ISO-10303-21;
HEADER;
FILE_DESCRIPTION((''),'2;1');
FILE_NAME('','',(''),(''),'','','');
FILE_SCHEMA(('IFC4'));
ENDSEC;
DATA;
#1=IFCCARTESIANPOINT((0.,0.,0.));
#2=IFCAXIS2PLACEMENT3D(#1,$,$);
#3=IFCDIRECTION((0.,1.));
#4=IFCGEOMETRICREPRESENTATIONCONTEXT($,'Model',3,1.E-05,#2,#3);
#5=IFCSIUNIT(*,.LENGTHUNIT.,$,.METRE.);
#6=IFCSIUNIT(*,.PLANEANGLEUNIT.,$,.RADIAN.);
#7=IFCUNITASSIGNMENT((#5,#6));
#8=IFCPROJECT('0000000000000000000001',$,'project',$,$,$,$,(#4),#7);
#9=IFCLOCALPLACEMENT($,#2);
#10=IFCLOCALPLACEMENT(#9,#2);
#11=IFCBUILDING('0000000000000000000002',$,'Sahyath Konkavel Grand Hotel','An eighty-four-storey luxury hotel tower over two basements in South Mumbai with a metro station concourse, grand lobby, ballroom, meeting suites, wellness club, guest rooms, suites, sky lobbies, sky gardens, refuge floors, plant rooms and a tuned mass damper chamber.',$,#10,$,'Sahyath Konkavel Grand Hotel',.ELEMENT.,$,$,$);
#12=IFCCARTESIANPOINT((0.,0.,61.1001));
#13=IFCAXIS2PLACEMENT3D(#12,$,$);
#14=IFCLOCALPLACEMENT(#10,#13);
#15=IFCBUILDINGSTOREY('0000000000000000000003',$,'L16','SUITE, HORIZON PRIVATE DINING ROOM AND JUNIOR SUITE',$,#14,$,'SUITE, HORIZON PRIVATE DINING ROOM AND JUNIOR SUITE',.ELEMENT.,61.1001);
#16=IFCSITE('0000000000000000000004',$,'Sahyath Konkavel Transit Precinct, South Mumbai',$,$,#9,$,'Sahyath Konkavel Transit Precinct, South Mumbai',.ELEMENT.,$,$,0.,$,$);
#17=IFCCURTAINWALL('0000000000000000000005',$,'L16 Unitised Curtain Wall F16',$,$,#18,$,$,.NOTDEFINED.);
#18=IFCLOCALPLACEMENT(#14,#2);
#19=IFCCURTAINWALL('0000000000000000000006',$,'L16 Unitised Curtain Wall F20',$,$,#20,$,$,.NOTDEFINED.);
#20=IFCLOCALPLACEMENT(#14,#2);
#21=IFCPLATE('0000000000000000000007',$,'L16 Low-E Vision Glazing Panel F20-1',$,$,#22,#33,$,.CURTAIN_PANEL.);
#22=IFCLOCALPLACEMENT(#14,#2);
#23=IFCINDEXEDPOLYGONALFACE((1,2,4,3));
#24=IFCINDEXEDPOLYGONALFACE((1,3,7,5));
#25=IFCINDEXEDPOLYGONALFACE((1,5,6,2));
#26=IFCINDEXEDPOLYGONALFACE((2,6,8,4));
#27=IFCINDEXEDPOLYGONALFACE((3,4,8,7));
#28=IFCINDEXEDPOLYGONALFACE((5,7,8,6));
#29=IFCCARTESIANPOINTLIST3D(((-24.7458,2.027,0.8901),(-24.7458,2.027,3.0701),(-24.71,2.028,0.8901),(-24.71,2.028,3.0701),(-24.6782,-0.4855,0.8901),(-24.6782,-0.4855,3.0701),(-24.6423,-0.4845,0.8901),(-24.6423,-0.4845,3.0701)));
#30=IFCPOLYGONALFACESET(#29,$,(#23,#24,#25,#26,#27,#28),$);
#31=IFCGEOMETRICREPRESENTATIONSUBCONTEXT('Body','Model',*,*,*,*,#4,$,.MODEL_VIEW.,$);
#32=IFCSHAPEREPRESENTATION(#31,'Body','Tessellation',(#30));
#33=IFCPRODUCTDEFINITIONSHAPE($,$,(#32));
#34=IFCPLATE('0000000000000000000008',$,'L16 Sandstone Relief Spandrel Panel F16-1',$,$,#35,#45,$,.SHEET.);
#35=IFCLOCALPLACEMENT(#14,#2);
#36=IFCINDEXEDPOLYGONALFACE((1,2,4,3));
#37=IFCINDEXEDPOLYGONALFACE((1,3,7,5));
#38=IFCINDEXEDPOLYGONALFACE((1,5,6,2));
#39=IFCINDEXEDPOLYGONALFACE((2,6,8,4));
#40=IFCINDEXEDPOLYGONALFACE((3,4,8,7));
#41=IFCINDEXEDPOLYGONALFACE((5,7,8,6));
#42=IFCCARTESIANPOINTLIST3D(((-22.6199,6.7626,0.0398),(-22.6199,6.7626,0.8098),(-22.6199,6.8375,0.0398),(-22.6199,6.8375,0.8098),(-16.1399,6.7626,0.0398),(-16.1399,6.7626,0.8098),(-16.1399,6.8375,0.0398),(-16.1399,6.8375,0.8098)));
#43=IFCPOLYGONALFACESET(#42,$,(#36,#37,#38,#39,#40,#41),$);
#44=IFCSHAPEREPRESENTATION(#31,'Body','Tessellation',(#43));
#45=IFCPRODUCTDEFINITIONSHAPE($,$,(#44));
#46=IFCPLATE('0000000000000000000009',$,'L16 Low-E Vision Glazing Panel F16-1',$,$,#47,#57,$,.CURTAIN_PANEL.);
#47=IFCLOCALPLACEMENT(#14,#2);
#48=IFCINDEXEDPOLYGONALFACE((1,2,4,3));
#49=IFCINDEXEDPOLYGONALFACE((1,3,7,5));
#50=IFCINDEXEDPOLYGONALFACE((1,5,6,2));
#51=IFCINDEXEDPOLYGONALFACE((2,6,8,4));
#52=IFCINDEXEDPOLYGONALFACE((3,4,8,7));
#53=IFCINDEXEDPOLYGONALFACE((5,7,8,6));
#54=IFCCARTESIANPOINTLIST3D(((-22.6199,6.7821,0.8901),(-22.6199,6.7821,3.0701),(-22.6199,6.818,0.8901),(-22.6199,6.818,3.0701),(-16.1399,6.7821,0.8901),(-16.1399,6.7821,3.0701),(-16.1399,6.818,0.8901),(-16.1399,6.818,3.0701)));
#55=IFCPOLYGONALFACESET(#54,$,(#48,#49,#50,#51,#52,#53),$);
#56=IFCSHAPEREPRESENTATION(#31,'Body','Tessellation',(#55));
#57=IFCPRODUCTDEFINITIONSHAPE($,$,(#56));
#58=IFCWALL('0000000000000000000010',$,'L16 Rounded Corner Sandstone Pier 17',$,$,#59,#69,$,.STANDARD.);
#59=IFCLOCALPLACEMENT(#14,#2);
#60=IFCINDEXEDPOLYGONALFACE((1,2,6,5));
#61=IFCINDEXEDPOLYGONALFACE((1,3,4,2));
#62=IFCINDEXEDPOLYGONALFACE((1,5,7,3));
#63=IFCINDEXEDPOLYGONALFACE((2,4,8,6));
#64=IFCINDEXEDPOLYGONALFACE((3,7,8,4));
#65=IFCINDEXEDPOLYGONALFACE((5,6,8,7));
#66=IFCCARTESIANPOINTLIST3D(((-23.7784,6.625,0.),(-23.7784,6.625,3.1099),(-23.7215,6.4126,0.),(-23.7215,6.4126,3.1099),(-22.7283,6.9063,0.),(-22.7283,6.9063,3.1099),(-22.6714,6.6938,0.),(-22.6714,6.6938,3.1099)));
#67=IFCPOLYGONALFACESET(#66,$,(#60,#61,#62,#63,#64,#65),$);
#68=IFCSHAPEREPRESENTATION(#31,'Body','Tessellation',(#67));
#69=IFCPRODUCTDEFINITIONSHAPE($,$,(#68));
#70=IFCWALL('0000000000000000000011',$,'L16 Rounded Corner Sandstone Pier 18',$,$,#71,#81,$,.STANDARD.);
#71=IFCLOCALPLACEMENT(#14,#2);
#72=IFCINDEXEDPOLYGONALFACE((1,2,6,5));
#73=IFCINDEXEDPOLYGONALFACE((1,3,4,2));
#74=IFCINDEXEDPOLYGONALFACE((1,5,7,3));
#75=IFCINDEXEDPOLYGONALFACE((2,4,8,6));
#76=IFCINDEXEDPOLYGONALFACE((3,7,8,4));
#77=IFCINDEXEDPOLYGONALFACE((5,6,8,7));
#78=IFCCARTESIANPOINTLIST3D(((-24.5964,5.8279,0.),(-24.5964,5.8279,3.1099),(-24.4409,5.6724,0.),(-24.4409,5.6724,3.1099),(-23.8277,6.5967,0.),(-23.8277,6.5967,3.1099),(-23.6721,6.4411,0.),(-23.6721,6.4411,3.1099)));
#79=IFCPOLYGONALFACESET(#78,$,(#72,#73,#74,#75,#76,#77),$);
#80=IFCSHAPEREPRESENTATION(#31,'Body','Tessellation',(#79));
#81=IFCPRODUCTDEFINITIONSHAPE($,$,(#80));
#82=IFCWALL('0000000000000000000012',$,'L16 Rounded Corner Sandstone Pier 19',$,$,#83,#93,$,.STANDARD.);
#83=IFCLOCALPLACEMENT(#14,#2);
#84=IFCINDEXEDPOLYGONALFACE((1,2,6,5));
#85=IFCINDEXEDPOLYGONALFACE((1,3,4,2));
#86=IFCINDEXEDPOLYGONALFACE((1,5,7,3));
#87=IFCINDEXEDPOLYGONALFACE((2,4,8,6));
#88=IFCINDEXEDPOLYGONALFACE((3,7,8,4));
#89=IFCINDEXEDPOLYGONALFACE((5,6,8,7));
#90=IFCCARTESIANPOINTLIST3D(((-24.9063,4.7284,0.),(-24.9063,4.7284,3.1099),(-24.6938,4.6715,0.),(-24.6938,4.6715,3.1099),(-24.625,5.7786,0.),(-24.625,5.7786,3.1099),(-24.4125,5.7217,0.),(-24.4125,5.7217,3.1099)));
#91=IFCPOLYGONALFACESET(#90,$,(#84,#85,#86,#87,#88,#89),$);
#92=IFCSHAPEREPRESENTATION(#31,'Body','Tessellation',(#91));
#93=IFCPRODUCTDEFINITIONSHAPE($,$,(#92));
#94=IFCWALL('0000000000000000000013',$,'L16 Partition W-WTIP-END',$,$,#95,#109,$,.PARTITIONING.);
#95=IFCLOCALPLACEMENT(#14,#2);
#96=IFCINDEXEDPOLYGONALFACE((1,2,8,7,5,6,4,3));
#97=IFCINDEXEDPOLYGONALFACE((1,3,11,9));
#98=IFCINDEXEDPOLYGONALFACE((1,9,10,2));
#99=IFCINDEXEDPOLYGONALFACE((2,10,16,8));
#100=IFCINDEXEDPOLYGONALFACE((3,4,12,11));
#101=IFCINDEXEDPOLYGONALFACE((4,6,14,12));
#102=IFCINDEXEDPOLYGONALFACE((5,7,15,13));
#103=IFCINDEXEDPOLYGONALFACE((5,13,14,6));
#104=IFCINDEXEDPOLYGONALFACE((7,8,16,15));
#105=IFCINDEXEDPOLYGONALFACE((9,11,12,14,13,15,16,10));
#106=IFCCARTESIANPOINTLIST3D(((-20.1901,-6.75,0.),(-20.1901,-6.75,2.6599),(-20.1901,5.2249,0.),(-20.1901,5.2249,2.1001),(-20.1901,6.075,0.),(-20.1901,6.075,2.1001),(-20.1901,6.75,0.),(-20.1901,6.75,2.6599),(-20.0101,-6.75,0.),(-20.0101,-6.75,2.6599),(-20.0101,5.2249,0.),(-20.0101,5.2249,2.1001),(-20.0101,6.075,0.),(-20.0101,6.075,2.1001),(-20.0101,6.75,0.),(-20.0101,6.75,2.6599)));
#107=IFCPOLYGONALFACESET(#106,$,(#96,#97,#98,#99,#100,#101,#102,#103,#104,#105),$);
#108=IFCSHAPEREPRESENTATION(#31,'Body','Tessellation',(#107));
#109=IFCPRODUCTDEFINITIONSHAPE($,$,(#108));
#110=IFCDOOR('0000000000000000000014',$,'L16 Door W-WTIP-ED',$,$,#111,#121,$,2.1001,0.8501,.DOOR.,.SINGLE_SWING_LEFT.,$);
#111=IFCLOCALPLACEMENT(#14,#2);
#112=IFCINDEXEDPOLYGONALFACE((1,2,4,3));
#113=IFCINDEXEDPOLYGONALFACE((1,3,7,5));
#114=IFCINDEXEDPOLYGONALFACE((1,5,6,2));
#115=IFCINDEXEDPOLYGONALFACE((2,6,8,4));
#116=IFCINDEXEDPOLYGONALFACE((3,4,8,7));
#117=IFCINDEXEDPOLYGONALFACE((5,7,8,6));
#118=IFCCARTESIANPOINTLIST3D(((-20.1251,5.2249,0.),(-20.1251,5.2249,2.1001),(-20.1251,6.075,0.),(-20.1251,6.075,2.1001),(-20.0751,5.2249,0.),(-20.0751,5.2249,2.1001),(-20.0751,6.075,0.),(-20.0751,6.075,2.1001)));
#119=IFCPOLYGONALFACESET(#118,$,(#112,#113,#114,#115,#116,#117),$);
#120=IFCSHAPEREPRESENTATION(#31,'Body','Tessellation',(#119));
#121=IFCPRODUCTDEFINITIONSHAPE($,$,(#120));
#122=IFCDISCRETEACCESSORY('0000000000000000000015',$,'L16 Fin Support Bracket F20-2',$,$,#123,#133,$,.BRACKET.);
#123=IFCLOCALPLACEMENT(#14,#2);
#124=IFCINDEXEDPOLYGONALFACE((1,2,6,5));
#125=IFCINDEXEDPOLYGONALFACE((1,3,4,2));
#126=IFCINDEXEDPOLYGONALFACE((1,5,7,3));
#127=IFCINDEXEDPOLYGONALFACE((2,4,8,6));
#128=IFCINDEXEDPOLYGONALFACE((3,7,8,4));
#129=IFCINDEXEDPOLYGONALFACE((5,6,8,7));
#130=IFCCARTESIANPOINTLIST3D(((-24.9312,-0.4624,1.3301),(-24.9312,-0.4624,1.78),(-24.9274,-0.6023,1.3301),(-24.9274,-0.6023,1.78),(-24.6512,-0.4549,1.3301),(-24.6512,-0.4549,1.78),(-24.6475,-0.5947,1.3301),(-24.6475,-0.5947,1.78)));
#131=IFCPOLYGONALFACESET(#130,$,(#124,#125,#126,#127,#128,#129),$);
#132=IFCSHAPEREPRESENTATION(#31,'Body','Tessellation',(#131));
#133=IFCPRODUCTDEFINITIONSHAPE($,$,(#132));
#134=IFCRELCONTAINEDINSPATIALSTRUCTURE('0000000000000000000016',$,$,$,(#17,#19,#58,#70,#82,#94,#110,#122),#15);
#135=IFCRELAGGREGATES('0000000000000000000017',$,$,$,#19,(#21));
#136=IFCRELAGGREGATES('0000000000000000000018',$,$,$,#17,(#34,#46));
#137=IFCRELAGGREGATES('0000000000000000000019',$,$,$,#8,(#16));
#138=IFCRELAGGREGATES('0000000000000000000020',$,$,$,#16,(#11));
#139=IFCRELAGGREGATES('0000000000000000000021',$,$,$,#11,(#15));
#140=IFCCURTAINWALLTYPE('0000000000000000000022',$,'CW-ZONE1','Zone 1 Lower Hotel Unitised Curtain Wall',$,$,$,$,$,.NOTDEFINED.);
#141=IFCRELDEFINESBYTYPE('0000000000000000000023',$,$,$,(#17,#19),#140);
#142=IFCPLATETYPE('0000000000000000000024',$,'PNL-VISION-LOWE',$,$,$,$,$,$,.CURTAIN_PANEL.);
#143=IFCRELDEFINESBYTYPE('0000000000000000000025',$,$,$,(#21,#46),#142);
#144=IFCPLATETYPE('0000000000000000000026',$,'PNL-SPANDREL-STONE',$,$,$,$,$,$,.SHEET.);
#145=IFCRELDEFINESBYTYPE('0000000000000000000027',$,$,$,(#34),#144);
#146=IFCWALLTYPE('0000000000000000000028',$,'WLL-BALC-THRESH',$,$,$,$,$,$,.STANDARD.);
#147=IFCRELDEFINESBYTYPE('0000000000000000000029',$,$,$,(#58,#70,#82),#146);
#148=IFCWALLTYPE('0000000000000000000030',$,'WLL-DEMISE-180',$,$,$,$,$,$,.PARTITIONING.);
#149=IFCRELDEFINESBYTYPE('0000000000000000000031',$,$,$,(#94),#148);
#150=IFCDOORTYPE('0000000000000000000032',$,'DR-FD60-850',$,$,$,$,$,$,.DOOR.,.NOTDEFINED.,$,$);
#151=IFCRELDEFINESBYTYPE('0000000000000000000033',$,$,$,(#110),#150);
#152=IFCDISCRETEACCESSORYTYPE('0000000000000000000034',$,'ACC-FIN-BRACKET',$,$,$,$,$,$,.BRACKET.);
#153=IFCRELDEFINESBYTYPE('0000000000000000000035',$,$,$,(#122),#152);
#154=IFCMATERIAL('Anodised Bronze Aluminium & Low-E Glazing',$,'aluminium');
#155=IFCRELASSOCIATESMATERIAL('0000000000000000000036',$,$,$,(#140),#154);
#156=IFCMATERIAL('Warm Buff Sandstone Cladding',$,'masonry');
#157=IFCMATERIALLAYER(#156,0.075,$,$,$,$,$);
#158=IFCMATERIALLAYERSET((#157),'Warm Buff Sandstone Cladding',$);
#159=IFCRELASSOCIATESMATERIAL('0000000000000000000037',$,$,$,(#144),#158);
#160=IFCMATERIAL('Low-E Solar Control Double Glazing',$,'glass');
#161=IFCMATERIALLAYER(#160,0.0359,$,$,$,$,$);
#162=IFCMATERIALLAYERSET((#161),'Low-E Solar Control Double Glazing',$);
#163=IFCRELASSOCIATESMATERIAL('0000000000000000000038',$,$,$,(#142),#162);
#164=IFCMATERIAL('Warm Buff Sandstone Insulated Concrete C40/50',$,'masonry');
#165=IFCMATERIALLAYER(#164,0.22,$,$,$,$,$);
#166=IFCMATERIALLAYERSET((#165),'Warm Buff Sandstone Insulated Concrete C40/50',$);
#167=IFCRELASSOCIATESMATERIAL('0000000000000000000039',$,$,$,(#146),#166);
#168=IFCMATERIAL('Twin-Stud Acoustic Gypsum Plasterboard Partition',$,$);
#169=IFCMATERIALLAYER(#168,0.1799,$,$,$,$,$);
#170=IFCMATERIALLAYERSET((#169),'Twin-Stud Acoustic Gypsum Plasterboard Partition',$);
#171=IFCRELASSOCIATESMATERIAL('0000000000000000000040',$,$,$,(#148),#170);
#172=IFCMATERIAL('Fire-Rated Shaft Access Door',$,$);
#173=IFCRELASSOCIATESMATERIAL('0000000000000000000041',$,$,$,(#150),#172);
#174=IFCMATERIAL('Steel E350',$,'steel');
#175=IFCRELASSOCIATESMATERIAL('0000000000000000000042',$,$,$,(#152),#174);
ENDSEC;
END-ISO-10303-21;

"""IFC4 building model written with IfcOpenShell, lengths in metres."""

from ifc_helpers import new_model, si_unit, direction, frame, frame_2d, origin, origin_2d, place, context, subcontext, project, spatial, rectangle, extrude, source, transform, mapped, material, layer, layer_set, type_object, element, fill, aggregate, save


model = new_model("IFC4")

# Units and contexts
model_context = context("Model", 3, precision=1e-05, world=origin(), true_north=direction((0.0, 1.0)))
body_context = subcontext(model_context, "Body", "Model", "MODEL_VIEW")
ifc_project = project(units=[si_unit("LENGTHUNIT", "METRE"), si_unit("PLANEANGLEUNIT", "RADIAN")], contexts=[model_context])

# Site, building, storey
site_placement = place(None, origin())
site = spatial("IfcSite", under=ifc_project, at=site_placement, Name="Sahyath Konkavel Transit Precinct, South Mumbai", LongName="Sahyath Konkavel Transit Precinct, South Mumbai", CompositionType="ELEMENT", RefElevation=0.0)
building_placement = place(site_placement, origin())
building = spatial("IfcBuilding", under=site, at=building_placement, Name="Sahyath Konkavel Grand Hotel", Description="An eighty-four-storey luxury hotel tower over two basements in South Mumbai with a metro station concourse, grand lobby, ballroom, meeting suites, wellness club, guest rooms, suites, sky lobbies, sky gardens, refuge floors, plant rooms and a tuned mass damper chamber.", LongName="Sahyath Konkavel Grand Hotel", CompositionType="ELEMENT")
storey_placement = place(building_placement, frame((0.0, 0.0, 61.1001)))
storey = spatial("IfcBuildingStorey", under=building, at=storey_placement, Name="L16", Description="SUITE, HORIZON PRIVATE DINING ROOM AND JUNIOR SUITE", LongName="SUITE, HORIZON PRIVATE DINING ROOM AND JUNIOR SUITE", CompositionType="ELEMENT", Elevation=61.1001)

# Shared definitions
ifc_material_1 = material(Name="Steel E350", Category="steel")

# Curtain walls
ifc_material_2 = material(Name="Anodised Bronze Aluminium & Low-E Glazing", Category="aluminium")
curtain_wall_type = type_object("IfcCurtainWallType", Name="CW-ZONE1", Description="Zone 1 Lower Hotel Unitised Curtain Wall", PredefinedType="NOTDEFINED", material=ifc_material_2)
curtain_wall_1_placement = place(storey_placement, origin())
curtain_wall_1 = element("IfcCurtainWall", 1, at=curtain_wall_1_placement, inside=storey, type_object=curtain_wall_type, Name="L16 Unitised Curtain Wall F16", PredefinedType="NOTDEFINED")
curtain_wall_2_placement = place(storey_placement, origin())
curtain_wall_2 = element("IfcCurtainWall", 2, at=curtain_wall_2_placement, inside=storey, type_object=curtain_wall_type, Name="L16 Unitised Curtain Wall F20", PredefinedType="NOTDEFINED")

# Plates
ifc_material_3 = material(Name="Warm Buff Sandstone Cladding", Category="masonry")
ifc_layer_1 = layer(ifc_material_3, 0.075)
ifc_layer_set_1 = layer_set([ifc_layer_1], Name="Warm Buff Sandstone Cladding")
plate_type_1 = type_object("IfcPlateType", Name="PNL-SPANDREL-STONE", PredefinedType="SHEET", material=ifc_layer_set_1)
ifc_material_4 = material(Name="Low-E Solar Control Double Glazing", Category="glass")
ifc_layer_2 = layer(ifc_material_4, 0.0359)
ifc_layer_set_2 = layer_set([ifc_layer_2], Name="Low-E Solar Control Double Glazing")
plate_type_2 = type_object("IfcPlateType", Name="PNL-VISION-LOWE", PredefinedType="CURTAIN_PANEL", material=ifc_layer_set_2)
shared_shape_1 = source(origin(), body_context, "Body", "SweptSolid", [
    extrude(rectangle(XDim=2.5134, YDim=0.0359, at=origin_2d()), origin(), (0.0, 0.0, 1.0), 2.1799),
])
plate_1_placement = place(storey_placement, frame((-24.6941, 0.7712, 0.8901), z_axis=(0.0, 0.0, 1.0), x_axis=(0.02691, -0.999638, 0.0)))
plate_1 = element("IfcPlate", 3, at=plate_1_placement, type_object=plate_type_2, Name="L16 Low-E Vision Glazing Panel F20-1", PredefinedType="CURTAIN_PANEL", context=body_context, shape_type="MappedRepresentation", body=[
    mapped(shared_shape_1, transform((0.0, 0.0, 0.0), scale=1.0)),
])
aggregate(curtain_wall_2, [plate_1])
shared_shape_2 = source(origin(), body_context, "Body", "SweptSolid", [
    extrude(rectangle(XDim=6.48, YDim=0.075, at=origin_2d()), origin(), (0.0, 0.0, 1.0), 0.77),
])
plate_2_placement = place(storey_placement, frame((-19.3799, 6.8, 0.0398), z_axis=(0.0, 0.0, 1.0), x_axis=(-1.0, 0.0, 0.0)))
plate_2 = element("IfcPlate", 4, at=plate_2_placement, type_object=plate_type_1, Name="L16 Sandstone Relief Spandrel Panel F16-1", PredefinedType="SHEET", context=body_context, shape_type="MappedRepresentation", body=[
    mapped(shared_shape_2, transform((0.0, 0.0, 0.0), scale=1.0)),
])
shared_shape_3 = source(origin(), body_context, "Body", "SweptSolid", [
    extrude(rectangle(XDim=6.48, YDim=0.0359, at=origin_2d()), origin(), (0.0, 0.0, 1.0), 2.1799),
])
plate_3_placement = place(storey_placement, frame((-19.3799, 6.8, 0.8901), z_axis=(0.0, 0.0, 1.0), x_axis=(-1.0, 0.0, 0.0)))
plate_3 = element("IfcPlate", 5, at=plate_3_placement, type_object=plate_type_2, Name="L16 Low-E Vision Glazing Panel F16-1", PredefinedType="CURTAIN_PANEL", context=body_context, shape_type="MappedRepresentation", body=[
    mapped(shared_shape_3, transform((0.0, 0.0, 0.0), scale=1.0)),
])
aggregate(curtain_wall_1, [plate_2, plate_3])

# Walls
ifc_material_5 = material(Name="Warm Buff Sandstone Insulated Concrete C40/50", Category="masonry")
ifc_layer_3 = layer(ifc_material_5, 0.22)
ifc_layer_set_3 = layer_set([ifc_layer_3], Name="Warm Buff Sandstone Insulated Concrete C40/50")
wall_type_1 = type_object("IfcWallType", Name="WLL-BALC-THRESH", PredefinedType="STANDARD", material=ifc_layer_set_3)
for number, where, z_axis, x_axis, name in (
    (6, (-22.7, 6.8, 0.0), (0.0, 0.0, 1.0), (-0.965951, -0.258725, 0.0), "L16 Rounded Corner Sandstone Pier 17"),
    (7, (-23.75, 6.5188, 0.0), (0.0, 0.0, 1.0), (-0.707107, -0.707107, 0.0), "L16 Rounded Corner Sandstone Pier 18"),
    (8, (-24.5188, 5.75, 0.0), (0.0, 0.0, 1.0), (-0.258725, -0.965951, 0.0), "L16 Rounded Corner Sandstone Pier 19"),
):
    element("IfcWall", number, at=place(storey_placement, frame(where, z_axis=z_axis, x_axis=x_axis)), inside=storey, type_object=wall_type_1, Name=name, PredefinedType="STANDARD", context=body_context, shape_type="SweptSolid", body=[
        extrude(rectangle(XDim=1.0872, YDim=0.22, at=frame_2d((0.5435, 0.0))), origin(), (0.0, 0.0, 1.0), 3.1099),
    ])

# Wall, opening, door
ifc_material_6 = material(Name="Twin-Stud Acoustic Gypsum Plasterboard Partition")
ifc_layer_4 = layer(ifc_material_6, 0.1799)
ifc_layer_set_4 = layer_set([ifc_layer_4], Name="Twin-Stud Acoustic Gypsum Plasterboard Partition")
wall_type_2 = type_object("IfcWallType", Name="WLL-DEMISE-180", PredefinedType="PARTITIONING", material=ifc_layer_set_4)
wall_placement = place(storey_placement, frame((-20.1001, 6.75, 0.0), z_axis=(0.0, 0.0, 1.0), x_axis=(0.0, -1.0, 0.0)))
wall = element("IfcWall", 9, at=wall_placement, inside=storey, type_object=wall_type_2, Name="L16 Partition W-WTIP-END", PredefinedType="PARTITIONING", context=body_context, shape_type="SweptSolid", body=[
    extrude(rectangle(XDim=13.5, YDim=0.1799, at=frame_2d((6.75, 0.0))), origin(), (0.0, 0.0, 1.0), 2.6599),
])
opening_placement = place(wall_placement, frame((0.675, 0.0, 0.0)))
opening = element("IfcOpeningElement", 10, at=opening_placement, cuts=wall, PredefinedType="OPENING", context=body_context, shape_type="SweptSolid", body=[
    extrude(rectangle(XDim=0.8501, YDim=2.1001, at=frame_2d((0.425, 1.05))), frame((0.0, 0.1001, 0.0), z_axis=(0.0, -1.0, 0.0), x_axis=(1.0, 0.0, 0.0)), (0.0, 0.0, 1.0), 0.2),
])
ifc_material_7 = material(Name="Fire-Rated Shaft Access Door")
door_type = type_object("IfcDoorType", Name="DR-FD60-850", OperationType="NOTDEFINED", PredefinedType="DOOR", material=ifc_material_7)
shared_shape_4 = source(origin(), body_context, "Body", "SweptSolid", [
    extrude(rectangle(XDim=0.8501, YDim=0.05, at=origin_2d()), origin(), (0.0, 0.0, 1.0), 2.1001),
])
door_placement = place(opening_placement, frame((0.425, 0.0, 0.0)))
door = element("IfcDoor", 11, at=door_placement, inside=storey, type_object=door_type, Name="L16 Door W-WTIP-ED", OperationType="SINGLE_SWING_LEFT", OverallHeight=2.1001, OverallWidth=0.8501, PredefinedType="DOOR", context=body_context, shape_type="MappedRepresentation", body=[
    mapped(shared_shape_4, transform((0.0, 0.0, 0.0), scale=1.0)),
])
fill(opening, door)

# Discrete accessory
discrete_accessory_type = type_object("IfcDiscreteAccessoryType", Name="ACC-FIN-BRACKET", PredefinedType="BRACKET", material=ifc_material_1)
shared_shape_5 = source(origin(), body_context, "Body", "SweptSolid", [
    extrude(rectangle(XDim=0.28, YDim=0.1399, at=origin_2d()), origin(), (0.0, 0.0, 1.0), 0.45),
])
discrete_accessory_placement = place(storey_placement, frame((-24.7893, -0.5286, 1.3301), z_axis=(0.0, 0.0, 1.0), x_axis=(-0.999638, -0.02691, 0.0)))
element("IfcDiscreteAccessory", 12, at=discrete_accessory_placement, inside=storey, type_object=discrete_accessory_type, Name="L16 Fin Support Bracket F20-2", PredefinedType="BRACKET", context=body_context, shape_type="MappedRepresentation", body=[
    mapped(shared_shape_5, transform((0.0, 0.0, 0.0), scale=1.0)),
])

save(model, "model.ifc")
